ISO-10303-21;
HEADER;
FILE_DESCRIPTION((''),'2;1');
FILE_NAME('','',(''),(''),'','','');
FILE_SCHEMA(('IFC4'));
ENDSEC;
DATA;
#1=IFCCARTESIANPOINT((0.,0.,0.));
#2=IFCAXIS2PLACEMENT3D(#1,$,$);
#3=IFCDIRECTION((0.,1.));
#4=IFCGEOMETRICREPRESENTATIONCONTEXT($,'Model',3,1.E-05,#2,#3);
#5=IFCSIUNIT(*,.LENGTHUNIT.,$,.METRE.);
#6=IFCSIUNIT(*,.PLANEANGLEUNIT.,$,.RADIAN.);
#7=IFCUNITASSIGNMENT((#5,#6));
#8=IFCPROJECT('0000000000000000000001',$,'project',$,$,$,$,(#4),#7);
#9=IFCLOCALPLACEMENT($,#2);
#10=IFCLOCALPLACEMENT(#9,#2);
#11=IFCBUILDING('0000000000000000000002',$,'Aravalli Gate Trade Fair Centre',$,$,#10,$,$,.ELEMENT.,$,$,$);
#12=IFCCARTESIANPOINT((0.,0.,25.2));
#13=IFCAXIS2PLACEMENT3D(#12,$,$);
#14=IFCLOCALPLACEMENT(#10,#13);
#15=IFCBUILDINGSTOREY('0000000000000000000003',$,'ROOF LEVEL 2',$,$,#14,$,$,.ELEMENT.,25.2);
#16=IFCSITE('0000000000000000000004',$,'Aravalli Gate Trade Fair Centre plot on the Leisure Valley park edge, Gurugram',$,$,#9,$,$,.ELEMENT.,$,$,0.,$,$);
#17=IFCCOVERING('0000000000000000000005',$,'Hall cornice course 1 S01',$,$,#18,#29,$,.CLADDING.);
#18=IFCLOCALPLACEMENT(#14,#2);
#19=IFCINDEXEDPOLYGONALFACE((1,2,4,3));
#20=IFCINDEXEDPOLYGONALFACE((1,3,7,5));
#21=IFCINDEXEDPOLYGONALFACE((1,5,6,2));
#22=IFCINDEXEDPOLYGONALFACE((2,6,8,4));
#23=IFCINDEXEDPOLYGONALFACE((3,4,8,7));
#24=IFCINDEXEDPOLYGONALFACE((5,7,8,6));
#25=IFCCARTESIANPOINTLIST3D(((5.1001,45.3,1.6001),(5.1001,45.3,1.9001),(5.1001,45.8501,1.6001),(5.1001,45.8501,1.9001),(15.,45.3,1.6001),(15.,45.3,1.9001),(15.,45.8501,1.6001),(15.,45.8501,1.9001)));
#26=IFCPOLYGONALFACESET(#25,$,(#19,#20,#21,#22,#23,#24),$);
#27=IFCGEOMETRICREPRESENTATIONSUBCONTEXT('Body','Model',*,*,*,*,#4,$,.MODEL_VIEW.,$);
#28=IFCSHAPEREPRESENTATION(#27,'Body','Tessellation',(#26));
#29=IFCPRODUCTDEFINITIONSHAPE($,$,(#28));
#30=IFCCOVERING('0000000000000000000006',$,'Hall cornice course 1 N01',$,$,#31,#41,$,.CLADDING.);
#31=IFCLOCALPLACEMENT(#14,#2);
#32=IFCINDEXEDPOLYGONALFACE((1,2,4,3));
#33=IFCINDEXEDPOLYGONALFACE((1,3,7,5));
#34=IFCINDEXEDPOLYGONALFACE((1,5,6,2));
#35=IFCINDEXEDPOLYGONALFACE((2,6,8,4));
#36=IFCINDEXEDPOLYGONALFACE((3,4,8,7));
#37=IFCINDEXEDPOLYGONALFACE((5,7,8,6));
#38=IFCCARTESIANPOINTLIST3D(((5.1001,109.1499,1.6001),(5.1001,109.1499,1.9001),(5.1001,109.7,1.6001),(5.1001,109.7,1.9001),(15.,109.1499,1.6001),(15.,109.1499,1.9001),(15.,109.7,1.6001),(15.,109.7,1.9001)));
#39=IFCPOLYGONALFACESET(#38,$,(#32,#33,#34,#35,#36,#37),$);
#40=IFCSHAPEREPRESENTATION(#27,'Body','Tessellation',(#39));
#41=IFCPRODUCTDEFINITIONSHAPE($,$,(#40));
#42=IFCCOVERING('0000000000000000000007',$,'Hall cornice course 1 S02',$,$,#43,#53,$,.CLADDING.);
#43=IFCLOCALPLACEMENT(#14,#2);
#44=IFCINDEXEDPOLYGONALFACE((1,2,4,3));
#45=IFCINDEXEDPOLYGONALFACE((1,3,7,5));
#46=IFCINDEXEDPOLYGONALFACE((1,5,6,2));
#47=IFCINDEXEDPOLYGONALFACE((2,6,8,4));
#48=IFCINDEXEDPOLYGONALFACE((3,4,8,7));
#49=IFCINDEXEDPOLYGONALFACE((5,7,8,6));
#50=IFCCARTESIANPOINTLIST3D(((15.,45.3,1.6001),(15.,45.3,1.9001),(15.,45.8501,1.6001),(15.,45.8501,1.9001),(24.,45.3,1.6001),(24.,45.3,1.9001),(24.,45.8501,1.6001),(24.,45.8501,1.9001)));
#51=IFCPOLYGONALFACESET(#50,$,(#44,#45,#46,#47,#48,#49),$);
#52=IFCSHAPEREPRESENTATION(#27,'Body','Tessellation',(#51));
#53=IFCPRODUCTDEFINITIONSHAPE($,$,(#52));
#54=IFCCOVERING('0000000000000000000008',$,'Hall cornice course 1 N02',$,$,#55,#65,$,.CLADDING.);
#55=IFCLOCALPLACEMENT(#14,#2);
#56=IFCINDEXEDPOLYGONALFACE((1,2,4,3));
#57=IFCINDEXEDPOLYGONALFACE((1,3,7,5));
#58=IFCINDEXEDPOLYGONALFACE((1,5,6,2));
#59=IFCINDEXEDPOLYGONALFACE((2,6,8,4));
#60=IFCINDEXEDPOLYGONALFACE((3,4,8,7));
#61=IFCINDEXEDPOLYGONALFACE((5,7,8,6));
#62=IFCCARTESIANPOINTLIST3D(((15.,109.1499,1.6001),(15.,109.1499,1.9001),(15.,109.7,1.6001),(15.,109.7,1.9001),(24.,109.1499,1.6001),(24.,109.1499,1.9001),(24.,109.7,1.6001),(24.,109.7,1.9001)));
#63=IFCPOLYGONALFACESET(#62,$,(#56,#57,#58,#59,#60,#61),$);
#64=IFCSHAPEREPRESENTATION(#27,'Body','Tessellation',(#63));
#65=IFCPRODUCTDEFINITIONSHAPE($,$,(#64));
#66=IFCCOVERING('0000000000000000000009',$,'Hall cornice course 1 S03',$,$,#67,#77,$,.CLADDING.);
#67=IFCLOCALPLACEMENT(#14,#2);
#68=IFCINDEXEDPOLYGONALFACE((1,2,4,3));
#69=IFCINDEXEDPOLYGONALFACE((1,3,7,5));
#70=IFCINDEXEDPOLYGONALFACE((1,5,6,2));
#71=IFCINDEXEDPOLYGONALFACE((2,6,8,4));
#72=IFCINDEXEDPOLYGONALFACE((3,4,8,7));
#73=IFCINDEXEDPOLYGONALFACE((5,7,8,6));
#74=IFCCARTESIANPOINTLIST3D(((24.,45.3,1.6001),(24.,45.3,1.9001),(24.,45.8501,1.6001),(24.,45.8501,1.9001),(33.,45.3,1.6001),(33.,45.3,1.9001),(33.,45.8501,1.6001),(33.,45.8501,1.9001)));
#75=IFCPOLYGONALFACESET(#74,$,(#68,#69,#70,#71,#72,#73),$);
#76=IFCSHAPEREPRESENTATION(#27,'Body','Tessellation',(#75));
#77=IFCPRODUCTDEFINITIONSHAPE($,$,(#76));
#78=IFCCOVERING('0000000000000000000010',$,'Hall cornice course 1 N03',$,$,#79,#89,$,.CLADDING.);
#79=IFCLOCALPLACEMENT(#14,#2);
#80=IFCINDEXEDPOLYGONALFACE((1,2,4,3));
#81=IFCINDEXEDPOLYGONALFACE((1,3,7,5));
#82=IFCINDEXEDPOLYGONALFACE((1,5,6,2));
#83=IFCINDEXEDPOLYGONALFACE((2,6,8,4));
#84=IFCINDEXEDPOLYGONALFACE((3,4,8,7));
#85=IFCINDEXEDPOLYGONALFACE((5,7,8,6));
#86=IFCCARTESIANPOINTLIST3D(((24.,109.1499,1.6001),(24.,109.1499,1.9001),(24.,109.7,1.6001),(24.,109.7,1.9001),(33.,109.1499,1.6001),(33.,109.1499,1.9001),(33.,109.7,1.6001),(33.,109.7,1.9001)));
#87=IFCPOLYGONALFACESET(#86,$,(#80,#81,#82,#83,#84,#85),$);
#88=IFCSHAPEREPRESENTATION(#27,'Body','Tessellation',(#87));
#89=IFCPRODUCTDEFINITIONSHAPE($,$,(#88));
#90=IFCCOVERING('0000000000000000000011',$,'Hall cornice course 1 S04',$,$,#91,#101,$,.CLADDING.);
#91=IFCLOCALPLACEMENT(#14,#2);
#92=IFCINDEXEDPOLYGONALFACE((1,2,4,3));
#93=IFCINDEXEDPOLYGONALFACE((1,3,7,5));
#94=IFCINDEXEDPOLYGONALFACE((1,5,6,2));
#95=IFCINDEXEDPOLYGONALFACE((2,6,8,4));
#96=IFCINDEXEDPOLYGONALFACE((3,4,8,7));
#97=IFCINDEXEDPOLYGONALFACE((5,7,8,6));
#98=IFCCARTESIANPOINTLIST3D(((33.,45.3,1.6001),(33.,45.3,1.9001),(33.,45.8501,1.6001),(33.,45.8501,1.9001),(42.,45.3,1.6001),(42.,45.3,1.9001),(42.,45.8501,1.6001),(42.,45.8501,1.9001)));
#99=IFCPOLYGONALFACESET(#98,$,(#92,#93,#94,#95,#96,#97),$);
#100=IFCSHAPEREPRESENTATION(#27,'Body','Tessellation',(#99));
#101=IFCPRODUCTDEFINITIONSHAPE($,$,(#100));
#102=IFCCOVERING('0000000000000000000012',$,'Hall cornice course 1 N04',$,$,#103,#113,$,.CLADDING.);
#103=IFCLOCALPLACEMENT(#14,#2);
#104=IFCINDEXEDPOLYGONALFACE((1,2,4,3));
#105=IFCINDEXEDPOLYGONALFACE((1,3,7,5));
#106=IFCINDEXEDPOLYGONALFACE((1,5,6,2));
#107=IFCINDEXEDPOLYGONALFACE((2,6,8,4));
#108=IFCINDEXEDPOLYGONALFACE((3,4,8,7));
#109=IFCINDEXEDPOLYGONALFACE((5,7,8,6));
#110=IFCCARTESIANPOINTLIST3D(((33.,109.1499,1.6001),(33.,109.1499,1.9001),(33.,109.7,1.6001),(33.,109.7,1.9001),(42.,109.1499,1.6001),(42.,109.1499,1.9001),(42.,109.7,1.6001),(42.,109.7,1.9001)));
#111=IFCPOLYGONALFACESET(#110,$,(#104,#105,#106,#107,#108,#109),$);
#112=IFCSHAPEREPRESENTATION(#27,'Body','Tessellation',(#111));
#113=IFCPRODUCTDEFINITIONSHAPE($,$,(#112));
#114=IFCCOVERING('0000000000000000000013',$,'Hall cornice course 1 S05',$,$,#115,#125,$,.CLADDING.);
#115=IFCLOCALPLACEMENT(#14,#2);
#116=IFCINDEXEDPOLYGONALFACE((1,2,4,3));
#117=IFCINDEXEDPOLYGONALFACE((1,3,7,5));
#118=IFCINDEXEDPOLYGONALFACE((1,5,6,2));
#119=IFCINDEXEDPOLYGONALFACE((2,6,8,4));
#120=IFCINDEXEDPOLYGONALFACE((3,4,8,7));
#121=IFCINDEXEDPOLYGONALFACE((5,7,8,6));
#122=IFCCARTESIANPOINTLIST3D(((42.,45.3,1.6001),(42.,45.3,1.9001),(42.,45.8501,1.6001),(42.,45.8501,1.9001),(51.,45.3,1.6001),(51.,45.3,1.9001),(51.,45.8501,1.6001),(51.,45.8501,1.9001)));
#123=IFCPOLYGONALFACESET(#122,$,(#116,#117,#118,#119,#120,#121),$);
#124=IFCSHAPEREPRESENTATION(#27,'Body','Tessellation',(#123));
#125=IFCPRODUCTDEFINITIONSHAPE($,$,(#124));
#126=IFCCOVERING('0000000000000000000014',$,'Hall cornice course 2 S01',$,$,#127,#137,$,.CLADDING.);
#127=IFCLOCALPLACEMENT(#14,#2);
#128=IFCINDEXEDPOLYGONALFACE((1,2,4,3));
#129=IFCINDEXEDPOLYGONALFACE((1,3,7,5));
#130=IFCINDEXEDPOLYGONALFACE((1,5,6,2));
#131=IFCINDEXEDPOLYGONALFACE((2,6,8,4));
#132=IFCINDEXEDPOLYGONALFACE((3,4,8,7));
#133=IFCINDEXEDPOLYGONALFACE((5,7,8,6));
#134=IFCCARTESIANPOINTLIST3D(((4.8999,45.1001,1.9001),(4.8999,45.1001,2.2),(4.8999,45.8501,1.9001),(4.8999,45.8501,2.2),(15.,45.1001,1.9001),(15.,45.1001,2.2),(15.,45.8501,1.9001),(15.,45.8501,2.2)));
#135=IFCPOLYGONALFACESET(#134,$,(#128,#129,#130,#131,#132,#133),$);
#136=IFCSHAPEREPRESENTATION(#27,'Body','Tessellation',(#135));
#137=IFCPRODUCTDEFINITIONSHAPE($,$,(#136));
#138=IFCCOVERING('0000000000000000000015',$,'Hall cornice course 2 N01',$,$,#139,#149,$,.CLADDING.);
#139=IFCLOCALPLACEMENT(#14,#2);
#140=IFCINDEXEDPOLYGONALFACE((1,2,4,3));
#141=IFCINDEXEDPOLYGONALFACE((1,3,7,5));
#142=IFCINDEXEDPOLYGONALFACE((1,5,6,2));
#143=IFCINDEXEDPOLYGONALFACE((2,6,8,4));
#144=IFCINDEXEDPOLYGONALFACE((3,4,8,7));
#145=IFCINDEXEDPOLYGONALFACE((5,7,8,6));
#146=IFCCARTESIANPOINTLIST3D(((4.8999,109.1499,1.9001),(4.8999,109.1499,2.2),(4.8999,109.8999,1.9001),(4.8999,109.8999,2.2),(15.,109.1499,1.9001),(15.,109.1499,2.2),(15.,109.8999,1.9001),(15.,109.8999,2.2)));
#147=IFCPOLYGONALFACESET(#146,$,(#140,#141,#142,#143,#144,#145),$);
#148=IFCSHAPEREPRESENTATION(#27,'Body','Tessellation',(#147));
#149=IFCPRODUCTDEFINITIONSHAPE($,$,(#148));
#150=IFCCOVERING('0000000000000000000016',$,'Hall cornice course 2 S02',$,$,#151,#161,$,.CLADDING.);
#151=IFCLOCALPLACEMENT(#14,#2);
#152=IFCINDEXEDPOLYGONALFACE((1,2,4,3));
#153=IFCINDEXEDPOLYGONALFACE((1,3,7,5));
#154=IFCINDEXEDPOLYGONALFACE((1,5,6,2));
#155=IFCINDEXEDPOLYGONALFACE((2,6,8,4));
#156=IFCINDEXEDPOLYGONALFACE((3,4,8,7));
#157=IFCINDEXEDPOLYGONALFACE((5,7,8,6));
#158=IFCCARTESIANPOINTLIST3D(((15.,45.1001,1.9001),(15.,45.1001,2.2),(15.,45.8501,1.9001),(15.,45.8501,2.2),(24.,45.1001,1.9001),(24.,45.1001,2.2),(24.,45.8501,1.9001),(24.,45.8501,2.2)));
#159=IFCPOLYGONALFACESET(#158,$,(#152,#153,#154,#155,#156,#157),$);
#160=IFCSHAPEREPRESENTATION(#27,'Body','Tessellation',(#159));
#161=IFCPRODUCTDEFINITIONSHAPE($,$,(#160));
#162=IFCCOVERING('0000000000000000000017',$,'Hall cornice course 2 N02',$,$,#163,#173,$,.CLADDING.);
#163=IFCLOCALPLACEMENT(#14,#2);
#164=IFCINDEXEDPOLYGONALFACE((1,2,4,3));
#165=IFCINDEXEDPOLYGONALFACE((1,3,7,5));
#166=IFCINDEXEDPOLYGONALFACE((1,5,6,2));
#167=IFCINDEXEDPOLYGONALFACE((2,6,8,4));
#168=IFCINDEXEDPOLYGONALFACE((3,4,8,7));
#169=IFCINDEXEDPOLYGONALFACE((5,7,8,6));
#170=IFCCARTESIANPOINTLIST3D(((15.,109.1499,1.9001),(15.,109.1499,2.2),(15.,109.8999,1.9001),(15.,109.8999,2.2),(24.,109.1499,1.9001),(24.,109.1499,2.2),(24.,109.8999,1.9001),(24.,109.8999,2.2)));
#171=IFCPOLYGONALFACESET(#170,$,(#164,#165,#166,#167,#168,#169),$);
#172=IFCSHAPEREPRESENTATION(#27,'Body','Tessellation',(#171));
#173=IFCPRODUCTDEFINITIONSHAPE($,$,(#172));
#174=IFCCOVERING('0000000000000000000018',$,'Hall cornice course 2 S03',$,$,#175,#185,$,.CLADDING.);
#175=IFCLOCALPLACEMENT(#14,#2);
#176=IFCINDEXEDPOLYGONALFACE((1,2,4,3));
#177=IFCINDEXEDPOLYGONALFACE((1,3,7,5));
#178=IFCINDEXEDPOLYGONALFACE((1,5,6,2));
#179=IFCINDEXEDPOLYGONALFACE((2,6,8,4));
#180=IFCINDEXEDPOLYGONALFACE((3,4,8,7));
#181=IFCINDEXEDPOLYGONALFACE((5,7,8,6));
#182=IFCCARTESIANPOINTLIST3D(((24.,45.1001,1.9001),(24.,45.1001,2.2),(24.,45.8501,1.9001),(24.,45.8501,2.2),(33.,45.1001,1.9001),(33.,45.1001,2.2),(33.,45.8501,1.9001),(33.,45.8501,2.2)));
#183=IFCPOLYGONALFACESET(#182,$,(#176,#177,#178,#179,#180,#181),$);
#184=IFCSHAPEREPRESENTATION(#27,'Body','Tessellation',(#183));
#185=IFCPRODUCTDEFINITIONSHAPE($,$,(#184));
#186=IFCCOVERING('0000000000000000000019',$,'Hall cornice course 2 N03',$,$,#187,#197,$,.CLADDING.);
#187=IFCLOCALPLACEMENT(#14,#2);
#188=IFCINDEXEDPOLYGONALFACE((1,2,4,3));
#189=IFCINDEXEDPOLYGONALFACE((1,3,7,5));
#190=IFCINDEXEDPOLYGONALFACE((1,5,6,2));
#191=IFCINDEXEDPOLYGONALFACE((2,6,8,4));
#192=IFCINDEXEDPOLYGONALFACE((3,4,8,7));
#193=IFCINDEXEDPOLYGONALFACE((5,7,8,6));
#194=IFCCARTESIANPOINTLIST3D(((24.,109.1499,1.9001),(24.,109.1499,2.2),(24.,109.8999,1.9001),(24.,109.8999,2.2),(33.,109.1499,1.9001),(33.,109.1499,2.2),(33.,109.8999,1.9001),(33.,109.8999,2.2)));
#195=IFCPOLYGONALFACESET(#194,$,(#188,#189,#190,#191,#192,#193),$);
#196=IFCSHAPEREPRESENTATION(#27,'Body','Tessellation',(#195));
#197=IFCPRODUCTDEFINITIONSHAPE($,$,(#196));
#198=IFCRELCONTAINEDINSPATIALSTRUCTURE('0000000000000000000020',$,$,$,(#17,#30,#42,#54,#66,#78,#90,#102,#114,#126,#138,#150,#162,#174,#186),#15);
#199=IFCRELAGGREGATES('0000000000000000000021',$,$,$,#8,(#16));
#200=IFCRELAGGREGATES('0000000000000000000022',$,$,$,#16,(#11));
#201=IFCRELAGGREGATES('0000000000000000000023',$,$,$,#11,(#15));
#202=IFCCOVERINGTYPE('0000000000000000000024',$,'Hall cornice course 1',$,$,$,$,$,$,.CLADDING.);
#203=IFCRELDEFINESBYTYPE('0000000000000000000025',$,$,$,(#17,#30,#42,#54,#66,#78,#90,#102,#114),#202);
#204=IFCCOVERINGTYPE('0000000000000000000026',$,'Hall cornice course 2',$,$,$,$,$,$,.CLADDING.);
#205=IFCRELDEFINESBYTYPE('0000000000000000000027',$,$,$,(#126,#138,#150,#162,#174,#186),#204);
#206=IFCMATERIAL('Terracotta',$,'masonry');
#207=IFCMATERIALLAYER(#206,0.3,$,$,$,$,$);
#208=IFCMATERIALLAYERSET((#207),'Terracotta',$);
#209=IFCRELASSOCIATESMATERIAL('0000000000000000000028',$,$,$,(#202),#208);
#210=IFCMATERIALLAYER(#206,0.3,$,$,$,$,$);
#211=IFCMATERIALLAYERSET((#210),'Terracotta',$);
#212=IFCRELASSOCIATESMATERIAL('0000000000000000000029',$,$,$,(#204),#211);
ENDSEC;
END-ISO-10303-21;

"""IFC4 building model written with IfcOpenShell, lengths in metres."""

from ifc_helpers import new_model, si_unit, direction, frame, origin, place, context, subcontext, project, spatial, polyline, outline, extrude, material, layer, layer_set, type_object, element, save


model = new_model("IFC4")

# Units and contexts
model_context = context("Model", 3, precision=1e-05, world=origin(), true_north=direction((0.0, 1.0)))
body_context = subcontext(model_context, "Body", "Model", "MODEL_VIEW")
ifc_project = project(units=[si_unit("LENGTHUNIT", "METRE"), si_unit("PLANEANGLEUNIT", "RADIAN")], contexts=[model_context])

# Site, building, storey
site_placement = place(None, origin())
site = spatial("IfcSite", under=ifc_project, at=site_placement, Name="Aravalli Gate Trade Fair Centre plot on the Leisure Valley park edge, Gurugram", CompositionType="ELEMENT", RefElevation=0.0)
building_placement = place(site_placement, origin())
building = spatial("IfcBuilding", under=site, at=building_placement, Name="Aravalli Gate Trade Fair Centre", CompositionType="ELEMENT")
storey_placement = place(building_placement, frame((0.0, 0.0, 25.2)))
storey = spatial("IfcBuildingStorey", under=building, at=storey_placement, Name="ROOF LEVEL 2", CompositionType="ELEMENT", Elevation=25.2)

# Coverings
ifc_material = material(Name="Terracotta", Category="masonry")
ifc_layer_1 = layer(ifc_material, 0.3)
ifc_layer_set_1 = layer_set([ifc_layer_1], Name="Terracotta")
covering_type_1 = type_object("IfcCoveringType", Name="Hall cornice course 1", PredefinedType="CLADDING", material=ifc_layer_set_1)
covering_1_placement = place(storey_placement, frame((0.0, 0.0, 1.6001)))
element("IfcCovering", 1, at=covering_1_placement, inside=storey, type_object=covering_type_1, Name="Hall cornice course 1 S01", PredefinedType="CLADDING", context=body_context, shape_type="SweptSolid", body=[
    extrude(outline(polyline([(5.1001, 45.3), (15.0, 45.3), (15.0, 45.8501), (5.1001, 45.8501), (5.1001, 45.3)])), origin(), (0.0, 0.0, 1.0), 0.3),
])
covering_2_placement = place(storey_placement, frame((0.0, 0.0, 1.6001)))
element("IfcCovering", 2, at=covering_2_placement, inside=storey, type_object=covering_type_1, Name="Hall cornice course 1 N01", PredefinedType="CLADDING", context=body_context, shape_type="SweptSolid", body=[
    extrude(outline(polyline([(5.1001, 109.1499), (15.0, 109.1499), (15.0, 109.7), (5.1001, 109.7), (5.1001, 109.1499)])), origin(), (0.0, 0.0, 1.0), 0.3),
])
covering_3_placement = place(storey_placement, frame((0.0, 0.0, 1.6001)))
element("IfcCovering", 3, at=covering_3_placement, inside=storey, type_object=covering_type_1, Name="Hall cornice course 1 S02", PredefinedType="CLADDING", context=body_context, shape_type="SweptSolid", body=[
    extrude(outline(polyline([(15.0, 45.3), (24.0, 45.3), (24.0, 45.8501), (15.0, 45.8501), (15.0, 45.3)])), origin(), (0.0, 0.0, 1.0), 0.3),
])
covering_4_placement = place(storey_placement, frame((0.0, 0.0, 1.6001)))
element("IfcCovering", 4, at=covering_4_placement, inside=storey, type_object=covering_type_1, Name="Hall cornice course 1 N02", PredefinedType="CLADDING", context=body_context, shape_type="SweptSolid", body=[
    extrude(outline(polyline([(15.0, 109.1499), (24.0, 109.1499), (24.0, 109.7), (15.0, 109.7), (15.0, 109.1499)])), origin(), (0.0, 0.0, 1.0), 0.3),
])
covering_5_placement = place(storey_placement, frame((0.0, 0.0, 1.6001)))
element("IfcCovering", 5, at=covering_5_placement, inside=storey, type_object=covering_type_1, Name="Hall cornice course 1 S03", PredefinedType="CLADDING", context=body_context, shape_type="SweptSolid", body=[
    extrude(outline(polyline([(24.0, 45.3), (33.0, 45.3), (33.0, 45.8501), (24.0, 45.8501), (24.0, 45.3)])), origin(), (0.0, 0.0, 1.0), 0.3),
])
covering_6_placement = place(storey_placement, frame((0.0, 0.0, 1.6001)))
element("IfcCovering", 6, at=covering_6_placement, inside=storey, type_object=covering_type_1, Name="Hall cornice course 1 N03", PredefinedType="CLADDING", context=body_context, shape_type="SweptSolid", body=[
    extrude(outline(polyline([(24.0, 109.1499), (33.0, 109.1499), (33.0, 109.7), (24.0, 109.7), (24.0, 109.1499)])), origin(), (0.0, 0.0, 1.0), 0.3),
])
covering_7_placement = place(storey_placement, frame((0.0, 0.0, 1.6001)))
element("IfcCovering", 7, at=covering_7_placement, inside=storey, type_object=covering_type_1, Name="Hall cornice course 1 S04", PredefinedType="CLADDING", context=body_context, shape_type="SweptSolid", body=[
    extrude(outline(polyline([(33.0, 45.3), (42.0, 45.3), (42.0, 45.8501), (33.0, 45.8501), (33.0, 45.3)])), origin(), (0.0, 0.0, 1.0), 0.3),
])
covering_8_placement = place(storey_placement, frame((0.0, 0.0, 1.6001)))
element("IfcCovering", 8, at=covering_8_placement, inside=storey, type_object=covering_type_1, Name="Hall cornice course 1 N04", PredefinedType="CLADDING", context=body_context, shape_type="SweptSolid", body=[
    extrude(outline(polyline([(33.0, 109.1499), (42.0, 109.1499), (42.0, 109.7), (33.0, 109.7), (33.0, 109.1499)])), origin(), (0.0, 0.0, 1.0), 0.3),
])
covering_9_placement = place(storey_placement, frame((0.0, 0.0, 1.6001)))
element("IfcCovering", 9, at=covering_9_placement, inside=storey, type_object=covering_type_1, Name="Hall cornice course 1 S05", PredefinedType="CLADDING", context=body_context, shape_type="SweptSolid", body=[
    extrude(outline(polyline([(42.0, 45.3), (51.0, 45.3), (51.0, 45.8501), (42.0, 45.8501), (42.0, 45.3)])), origin(), (0.0, 0.0, 1.0), 0.3),
])
ifc_layer_2 = layer(ifc_material, 0.3)
ifc_layer_set_2 = layer_set([ifc_layer_2], Name="Terracotta")
covering_type_2 = type_object("IfcCoveringType", Name="Hall cornice course 2", PredefinedType="CLADDING", material=ifc_layer_set_2)
covering_10_placement = place(storey_placement, frame((0.0, 0.0, 1.9001)))
element("IfcCovering", 10, at=covering_10_placement, inside=storey, type_object=covering_type_2, Name="Hall cornice course 2 S01", PredefinedType="CLADDING", context=body_context, shape_type="SweptSolid", body=[
    extrude(outline(polyline([(4.8999, 45.1001), (15.0, 45.1001), (15.0, 45.8501), (4.8999, 45.8501), (4.8999, 45.1001)])), origin(), (0.0, 0.0, 1.0), 0.2998),
])
covering_11_placement = place(storey_placement, frame((0.0, 0.0, 1.9001)))
element("IfcCovering", 11, at=covering_11_placement, inside=storey, type_object=covering_type_2, Name="Hall cornice course 2 N01", PredefinedType="CLADDING", context=body_context, shape_type="SweptSolid", body=[
    extrude(outline(polyline([(4.8999, 109.1499), (15.0, 109.1499), (15.0, 109.8999), (4.8999, 109.8999), (4.8999, 109.1499)])), origin(), (0.0, 0.0, 1.0), 0.2998),
])
covering_12_placement = place(storey_placement, frame((0.0, 0.0, 1.9001)))
element("IfcCovering", 12, at=covering_12_placement, inside=storey, type_object=covering_type_2, Name="Hall cornice course 2 S02", PredefinedType="CLADDING", context=body_context, shape_type="SweptSolid", body=[
    extrude(outline(polyline([(15.0, 45.1001), (24.0, 45.1001), (24.0, 45.8501), (15.0, 45.8501), (15.0, 45.1001)])), origin(), (0.0, 0.0, 1.0), 0.2998),
])
covering_13_placement = place(storey_placement, frame((0.0, 0.0, 1.9001)))
element("IfcCovering", 13, at=covering_13_placement, inside=storey, type_object=covering_type_2, Name="Hall cornice course 2 N02", PredefinedType="CLADDING", context=body_context, shape_type="SweptSolid", body=[
    extrude(outline(polyline([(15.0, 109.1499), (24.0, 109.1499), (24.0, 109.8999), (15.0, 109.8999), (15.0, 109.1499)])), origin(), (0.0, 0.0, 1.0), 0.2998),
])
covering_14_placement = place(storey_placement, frame((0.0, 0.0, 1.9001)))
element("IfcCovering", 14, at=covering_14_placement, inside=storey, type_object=covering_type_2, Name="Hall cornice course 2 S03", PredefinedType="CLADDING", context=body_context, shape_type="SweptSolid", body=[
    extrude(outline(polyline([(24.0, 45.1001), (33.0, 45.1001), (33.0, 45.8501), (24.0, 45.8501), (24.0, 45.1001)])), origin(), (0.0, 0.0, 1.0), 0.2998),
])
covering_15_placement = place(storey_placement, frame((0.0, 0.0, 1.9001)))
element("IfcCovering", 15, at=covering_15_placement, inside=storey, type_object=covering_type_2, Name="Hall cornice course 2 N03", PredefinedType="CLADDING", context=body_context, shape_type="SweptSolid", body=[
    extrude(outline(polyline([(24.0, 109.1499), (33.0, 109.1499), (33.0, 109.8999), (24.0, 109.8999), (24.0, 109.1499)])), origin(), (0.0, 0.0, 1.0), 0.2998),
])

save(model, "model.ifc")
